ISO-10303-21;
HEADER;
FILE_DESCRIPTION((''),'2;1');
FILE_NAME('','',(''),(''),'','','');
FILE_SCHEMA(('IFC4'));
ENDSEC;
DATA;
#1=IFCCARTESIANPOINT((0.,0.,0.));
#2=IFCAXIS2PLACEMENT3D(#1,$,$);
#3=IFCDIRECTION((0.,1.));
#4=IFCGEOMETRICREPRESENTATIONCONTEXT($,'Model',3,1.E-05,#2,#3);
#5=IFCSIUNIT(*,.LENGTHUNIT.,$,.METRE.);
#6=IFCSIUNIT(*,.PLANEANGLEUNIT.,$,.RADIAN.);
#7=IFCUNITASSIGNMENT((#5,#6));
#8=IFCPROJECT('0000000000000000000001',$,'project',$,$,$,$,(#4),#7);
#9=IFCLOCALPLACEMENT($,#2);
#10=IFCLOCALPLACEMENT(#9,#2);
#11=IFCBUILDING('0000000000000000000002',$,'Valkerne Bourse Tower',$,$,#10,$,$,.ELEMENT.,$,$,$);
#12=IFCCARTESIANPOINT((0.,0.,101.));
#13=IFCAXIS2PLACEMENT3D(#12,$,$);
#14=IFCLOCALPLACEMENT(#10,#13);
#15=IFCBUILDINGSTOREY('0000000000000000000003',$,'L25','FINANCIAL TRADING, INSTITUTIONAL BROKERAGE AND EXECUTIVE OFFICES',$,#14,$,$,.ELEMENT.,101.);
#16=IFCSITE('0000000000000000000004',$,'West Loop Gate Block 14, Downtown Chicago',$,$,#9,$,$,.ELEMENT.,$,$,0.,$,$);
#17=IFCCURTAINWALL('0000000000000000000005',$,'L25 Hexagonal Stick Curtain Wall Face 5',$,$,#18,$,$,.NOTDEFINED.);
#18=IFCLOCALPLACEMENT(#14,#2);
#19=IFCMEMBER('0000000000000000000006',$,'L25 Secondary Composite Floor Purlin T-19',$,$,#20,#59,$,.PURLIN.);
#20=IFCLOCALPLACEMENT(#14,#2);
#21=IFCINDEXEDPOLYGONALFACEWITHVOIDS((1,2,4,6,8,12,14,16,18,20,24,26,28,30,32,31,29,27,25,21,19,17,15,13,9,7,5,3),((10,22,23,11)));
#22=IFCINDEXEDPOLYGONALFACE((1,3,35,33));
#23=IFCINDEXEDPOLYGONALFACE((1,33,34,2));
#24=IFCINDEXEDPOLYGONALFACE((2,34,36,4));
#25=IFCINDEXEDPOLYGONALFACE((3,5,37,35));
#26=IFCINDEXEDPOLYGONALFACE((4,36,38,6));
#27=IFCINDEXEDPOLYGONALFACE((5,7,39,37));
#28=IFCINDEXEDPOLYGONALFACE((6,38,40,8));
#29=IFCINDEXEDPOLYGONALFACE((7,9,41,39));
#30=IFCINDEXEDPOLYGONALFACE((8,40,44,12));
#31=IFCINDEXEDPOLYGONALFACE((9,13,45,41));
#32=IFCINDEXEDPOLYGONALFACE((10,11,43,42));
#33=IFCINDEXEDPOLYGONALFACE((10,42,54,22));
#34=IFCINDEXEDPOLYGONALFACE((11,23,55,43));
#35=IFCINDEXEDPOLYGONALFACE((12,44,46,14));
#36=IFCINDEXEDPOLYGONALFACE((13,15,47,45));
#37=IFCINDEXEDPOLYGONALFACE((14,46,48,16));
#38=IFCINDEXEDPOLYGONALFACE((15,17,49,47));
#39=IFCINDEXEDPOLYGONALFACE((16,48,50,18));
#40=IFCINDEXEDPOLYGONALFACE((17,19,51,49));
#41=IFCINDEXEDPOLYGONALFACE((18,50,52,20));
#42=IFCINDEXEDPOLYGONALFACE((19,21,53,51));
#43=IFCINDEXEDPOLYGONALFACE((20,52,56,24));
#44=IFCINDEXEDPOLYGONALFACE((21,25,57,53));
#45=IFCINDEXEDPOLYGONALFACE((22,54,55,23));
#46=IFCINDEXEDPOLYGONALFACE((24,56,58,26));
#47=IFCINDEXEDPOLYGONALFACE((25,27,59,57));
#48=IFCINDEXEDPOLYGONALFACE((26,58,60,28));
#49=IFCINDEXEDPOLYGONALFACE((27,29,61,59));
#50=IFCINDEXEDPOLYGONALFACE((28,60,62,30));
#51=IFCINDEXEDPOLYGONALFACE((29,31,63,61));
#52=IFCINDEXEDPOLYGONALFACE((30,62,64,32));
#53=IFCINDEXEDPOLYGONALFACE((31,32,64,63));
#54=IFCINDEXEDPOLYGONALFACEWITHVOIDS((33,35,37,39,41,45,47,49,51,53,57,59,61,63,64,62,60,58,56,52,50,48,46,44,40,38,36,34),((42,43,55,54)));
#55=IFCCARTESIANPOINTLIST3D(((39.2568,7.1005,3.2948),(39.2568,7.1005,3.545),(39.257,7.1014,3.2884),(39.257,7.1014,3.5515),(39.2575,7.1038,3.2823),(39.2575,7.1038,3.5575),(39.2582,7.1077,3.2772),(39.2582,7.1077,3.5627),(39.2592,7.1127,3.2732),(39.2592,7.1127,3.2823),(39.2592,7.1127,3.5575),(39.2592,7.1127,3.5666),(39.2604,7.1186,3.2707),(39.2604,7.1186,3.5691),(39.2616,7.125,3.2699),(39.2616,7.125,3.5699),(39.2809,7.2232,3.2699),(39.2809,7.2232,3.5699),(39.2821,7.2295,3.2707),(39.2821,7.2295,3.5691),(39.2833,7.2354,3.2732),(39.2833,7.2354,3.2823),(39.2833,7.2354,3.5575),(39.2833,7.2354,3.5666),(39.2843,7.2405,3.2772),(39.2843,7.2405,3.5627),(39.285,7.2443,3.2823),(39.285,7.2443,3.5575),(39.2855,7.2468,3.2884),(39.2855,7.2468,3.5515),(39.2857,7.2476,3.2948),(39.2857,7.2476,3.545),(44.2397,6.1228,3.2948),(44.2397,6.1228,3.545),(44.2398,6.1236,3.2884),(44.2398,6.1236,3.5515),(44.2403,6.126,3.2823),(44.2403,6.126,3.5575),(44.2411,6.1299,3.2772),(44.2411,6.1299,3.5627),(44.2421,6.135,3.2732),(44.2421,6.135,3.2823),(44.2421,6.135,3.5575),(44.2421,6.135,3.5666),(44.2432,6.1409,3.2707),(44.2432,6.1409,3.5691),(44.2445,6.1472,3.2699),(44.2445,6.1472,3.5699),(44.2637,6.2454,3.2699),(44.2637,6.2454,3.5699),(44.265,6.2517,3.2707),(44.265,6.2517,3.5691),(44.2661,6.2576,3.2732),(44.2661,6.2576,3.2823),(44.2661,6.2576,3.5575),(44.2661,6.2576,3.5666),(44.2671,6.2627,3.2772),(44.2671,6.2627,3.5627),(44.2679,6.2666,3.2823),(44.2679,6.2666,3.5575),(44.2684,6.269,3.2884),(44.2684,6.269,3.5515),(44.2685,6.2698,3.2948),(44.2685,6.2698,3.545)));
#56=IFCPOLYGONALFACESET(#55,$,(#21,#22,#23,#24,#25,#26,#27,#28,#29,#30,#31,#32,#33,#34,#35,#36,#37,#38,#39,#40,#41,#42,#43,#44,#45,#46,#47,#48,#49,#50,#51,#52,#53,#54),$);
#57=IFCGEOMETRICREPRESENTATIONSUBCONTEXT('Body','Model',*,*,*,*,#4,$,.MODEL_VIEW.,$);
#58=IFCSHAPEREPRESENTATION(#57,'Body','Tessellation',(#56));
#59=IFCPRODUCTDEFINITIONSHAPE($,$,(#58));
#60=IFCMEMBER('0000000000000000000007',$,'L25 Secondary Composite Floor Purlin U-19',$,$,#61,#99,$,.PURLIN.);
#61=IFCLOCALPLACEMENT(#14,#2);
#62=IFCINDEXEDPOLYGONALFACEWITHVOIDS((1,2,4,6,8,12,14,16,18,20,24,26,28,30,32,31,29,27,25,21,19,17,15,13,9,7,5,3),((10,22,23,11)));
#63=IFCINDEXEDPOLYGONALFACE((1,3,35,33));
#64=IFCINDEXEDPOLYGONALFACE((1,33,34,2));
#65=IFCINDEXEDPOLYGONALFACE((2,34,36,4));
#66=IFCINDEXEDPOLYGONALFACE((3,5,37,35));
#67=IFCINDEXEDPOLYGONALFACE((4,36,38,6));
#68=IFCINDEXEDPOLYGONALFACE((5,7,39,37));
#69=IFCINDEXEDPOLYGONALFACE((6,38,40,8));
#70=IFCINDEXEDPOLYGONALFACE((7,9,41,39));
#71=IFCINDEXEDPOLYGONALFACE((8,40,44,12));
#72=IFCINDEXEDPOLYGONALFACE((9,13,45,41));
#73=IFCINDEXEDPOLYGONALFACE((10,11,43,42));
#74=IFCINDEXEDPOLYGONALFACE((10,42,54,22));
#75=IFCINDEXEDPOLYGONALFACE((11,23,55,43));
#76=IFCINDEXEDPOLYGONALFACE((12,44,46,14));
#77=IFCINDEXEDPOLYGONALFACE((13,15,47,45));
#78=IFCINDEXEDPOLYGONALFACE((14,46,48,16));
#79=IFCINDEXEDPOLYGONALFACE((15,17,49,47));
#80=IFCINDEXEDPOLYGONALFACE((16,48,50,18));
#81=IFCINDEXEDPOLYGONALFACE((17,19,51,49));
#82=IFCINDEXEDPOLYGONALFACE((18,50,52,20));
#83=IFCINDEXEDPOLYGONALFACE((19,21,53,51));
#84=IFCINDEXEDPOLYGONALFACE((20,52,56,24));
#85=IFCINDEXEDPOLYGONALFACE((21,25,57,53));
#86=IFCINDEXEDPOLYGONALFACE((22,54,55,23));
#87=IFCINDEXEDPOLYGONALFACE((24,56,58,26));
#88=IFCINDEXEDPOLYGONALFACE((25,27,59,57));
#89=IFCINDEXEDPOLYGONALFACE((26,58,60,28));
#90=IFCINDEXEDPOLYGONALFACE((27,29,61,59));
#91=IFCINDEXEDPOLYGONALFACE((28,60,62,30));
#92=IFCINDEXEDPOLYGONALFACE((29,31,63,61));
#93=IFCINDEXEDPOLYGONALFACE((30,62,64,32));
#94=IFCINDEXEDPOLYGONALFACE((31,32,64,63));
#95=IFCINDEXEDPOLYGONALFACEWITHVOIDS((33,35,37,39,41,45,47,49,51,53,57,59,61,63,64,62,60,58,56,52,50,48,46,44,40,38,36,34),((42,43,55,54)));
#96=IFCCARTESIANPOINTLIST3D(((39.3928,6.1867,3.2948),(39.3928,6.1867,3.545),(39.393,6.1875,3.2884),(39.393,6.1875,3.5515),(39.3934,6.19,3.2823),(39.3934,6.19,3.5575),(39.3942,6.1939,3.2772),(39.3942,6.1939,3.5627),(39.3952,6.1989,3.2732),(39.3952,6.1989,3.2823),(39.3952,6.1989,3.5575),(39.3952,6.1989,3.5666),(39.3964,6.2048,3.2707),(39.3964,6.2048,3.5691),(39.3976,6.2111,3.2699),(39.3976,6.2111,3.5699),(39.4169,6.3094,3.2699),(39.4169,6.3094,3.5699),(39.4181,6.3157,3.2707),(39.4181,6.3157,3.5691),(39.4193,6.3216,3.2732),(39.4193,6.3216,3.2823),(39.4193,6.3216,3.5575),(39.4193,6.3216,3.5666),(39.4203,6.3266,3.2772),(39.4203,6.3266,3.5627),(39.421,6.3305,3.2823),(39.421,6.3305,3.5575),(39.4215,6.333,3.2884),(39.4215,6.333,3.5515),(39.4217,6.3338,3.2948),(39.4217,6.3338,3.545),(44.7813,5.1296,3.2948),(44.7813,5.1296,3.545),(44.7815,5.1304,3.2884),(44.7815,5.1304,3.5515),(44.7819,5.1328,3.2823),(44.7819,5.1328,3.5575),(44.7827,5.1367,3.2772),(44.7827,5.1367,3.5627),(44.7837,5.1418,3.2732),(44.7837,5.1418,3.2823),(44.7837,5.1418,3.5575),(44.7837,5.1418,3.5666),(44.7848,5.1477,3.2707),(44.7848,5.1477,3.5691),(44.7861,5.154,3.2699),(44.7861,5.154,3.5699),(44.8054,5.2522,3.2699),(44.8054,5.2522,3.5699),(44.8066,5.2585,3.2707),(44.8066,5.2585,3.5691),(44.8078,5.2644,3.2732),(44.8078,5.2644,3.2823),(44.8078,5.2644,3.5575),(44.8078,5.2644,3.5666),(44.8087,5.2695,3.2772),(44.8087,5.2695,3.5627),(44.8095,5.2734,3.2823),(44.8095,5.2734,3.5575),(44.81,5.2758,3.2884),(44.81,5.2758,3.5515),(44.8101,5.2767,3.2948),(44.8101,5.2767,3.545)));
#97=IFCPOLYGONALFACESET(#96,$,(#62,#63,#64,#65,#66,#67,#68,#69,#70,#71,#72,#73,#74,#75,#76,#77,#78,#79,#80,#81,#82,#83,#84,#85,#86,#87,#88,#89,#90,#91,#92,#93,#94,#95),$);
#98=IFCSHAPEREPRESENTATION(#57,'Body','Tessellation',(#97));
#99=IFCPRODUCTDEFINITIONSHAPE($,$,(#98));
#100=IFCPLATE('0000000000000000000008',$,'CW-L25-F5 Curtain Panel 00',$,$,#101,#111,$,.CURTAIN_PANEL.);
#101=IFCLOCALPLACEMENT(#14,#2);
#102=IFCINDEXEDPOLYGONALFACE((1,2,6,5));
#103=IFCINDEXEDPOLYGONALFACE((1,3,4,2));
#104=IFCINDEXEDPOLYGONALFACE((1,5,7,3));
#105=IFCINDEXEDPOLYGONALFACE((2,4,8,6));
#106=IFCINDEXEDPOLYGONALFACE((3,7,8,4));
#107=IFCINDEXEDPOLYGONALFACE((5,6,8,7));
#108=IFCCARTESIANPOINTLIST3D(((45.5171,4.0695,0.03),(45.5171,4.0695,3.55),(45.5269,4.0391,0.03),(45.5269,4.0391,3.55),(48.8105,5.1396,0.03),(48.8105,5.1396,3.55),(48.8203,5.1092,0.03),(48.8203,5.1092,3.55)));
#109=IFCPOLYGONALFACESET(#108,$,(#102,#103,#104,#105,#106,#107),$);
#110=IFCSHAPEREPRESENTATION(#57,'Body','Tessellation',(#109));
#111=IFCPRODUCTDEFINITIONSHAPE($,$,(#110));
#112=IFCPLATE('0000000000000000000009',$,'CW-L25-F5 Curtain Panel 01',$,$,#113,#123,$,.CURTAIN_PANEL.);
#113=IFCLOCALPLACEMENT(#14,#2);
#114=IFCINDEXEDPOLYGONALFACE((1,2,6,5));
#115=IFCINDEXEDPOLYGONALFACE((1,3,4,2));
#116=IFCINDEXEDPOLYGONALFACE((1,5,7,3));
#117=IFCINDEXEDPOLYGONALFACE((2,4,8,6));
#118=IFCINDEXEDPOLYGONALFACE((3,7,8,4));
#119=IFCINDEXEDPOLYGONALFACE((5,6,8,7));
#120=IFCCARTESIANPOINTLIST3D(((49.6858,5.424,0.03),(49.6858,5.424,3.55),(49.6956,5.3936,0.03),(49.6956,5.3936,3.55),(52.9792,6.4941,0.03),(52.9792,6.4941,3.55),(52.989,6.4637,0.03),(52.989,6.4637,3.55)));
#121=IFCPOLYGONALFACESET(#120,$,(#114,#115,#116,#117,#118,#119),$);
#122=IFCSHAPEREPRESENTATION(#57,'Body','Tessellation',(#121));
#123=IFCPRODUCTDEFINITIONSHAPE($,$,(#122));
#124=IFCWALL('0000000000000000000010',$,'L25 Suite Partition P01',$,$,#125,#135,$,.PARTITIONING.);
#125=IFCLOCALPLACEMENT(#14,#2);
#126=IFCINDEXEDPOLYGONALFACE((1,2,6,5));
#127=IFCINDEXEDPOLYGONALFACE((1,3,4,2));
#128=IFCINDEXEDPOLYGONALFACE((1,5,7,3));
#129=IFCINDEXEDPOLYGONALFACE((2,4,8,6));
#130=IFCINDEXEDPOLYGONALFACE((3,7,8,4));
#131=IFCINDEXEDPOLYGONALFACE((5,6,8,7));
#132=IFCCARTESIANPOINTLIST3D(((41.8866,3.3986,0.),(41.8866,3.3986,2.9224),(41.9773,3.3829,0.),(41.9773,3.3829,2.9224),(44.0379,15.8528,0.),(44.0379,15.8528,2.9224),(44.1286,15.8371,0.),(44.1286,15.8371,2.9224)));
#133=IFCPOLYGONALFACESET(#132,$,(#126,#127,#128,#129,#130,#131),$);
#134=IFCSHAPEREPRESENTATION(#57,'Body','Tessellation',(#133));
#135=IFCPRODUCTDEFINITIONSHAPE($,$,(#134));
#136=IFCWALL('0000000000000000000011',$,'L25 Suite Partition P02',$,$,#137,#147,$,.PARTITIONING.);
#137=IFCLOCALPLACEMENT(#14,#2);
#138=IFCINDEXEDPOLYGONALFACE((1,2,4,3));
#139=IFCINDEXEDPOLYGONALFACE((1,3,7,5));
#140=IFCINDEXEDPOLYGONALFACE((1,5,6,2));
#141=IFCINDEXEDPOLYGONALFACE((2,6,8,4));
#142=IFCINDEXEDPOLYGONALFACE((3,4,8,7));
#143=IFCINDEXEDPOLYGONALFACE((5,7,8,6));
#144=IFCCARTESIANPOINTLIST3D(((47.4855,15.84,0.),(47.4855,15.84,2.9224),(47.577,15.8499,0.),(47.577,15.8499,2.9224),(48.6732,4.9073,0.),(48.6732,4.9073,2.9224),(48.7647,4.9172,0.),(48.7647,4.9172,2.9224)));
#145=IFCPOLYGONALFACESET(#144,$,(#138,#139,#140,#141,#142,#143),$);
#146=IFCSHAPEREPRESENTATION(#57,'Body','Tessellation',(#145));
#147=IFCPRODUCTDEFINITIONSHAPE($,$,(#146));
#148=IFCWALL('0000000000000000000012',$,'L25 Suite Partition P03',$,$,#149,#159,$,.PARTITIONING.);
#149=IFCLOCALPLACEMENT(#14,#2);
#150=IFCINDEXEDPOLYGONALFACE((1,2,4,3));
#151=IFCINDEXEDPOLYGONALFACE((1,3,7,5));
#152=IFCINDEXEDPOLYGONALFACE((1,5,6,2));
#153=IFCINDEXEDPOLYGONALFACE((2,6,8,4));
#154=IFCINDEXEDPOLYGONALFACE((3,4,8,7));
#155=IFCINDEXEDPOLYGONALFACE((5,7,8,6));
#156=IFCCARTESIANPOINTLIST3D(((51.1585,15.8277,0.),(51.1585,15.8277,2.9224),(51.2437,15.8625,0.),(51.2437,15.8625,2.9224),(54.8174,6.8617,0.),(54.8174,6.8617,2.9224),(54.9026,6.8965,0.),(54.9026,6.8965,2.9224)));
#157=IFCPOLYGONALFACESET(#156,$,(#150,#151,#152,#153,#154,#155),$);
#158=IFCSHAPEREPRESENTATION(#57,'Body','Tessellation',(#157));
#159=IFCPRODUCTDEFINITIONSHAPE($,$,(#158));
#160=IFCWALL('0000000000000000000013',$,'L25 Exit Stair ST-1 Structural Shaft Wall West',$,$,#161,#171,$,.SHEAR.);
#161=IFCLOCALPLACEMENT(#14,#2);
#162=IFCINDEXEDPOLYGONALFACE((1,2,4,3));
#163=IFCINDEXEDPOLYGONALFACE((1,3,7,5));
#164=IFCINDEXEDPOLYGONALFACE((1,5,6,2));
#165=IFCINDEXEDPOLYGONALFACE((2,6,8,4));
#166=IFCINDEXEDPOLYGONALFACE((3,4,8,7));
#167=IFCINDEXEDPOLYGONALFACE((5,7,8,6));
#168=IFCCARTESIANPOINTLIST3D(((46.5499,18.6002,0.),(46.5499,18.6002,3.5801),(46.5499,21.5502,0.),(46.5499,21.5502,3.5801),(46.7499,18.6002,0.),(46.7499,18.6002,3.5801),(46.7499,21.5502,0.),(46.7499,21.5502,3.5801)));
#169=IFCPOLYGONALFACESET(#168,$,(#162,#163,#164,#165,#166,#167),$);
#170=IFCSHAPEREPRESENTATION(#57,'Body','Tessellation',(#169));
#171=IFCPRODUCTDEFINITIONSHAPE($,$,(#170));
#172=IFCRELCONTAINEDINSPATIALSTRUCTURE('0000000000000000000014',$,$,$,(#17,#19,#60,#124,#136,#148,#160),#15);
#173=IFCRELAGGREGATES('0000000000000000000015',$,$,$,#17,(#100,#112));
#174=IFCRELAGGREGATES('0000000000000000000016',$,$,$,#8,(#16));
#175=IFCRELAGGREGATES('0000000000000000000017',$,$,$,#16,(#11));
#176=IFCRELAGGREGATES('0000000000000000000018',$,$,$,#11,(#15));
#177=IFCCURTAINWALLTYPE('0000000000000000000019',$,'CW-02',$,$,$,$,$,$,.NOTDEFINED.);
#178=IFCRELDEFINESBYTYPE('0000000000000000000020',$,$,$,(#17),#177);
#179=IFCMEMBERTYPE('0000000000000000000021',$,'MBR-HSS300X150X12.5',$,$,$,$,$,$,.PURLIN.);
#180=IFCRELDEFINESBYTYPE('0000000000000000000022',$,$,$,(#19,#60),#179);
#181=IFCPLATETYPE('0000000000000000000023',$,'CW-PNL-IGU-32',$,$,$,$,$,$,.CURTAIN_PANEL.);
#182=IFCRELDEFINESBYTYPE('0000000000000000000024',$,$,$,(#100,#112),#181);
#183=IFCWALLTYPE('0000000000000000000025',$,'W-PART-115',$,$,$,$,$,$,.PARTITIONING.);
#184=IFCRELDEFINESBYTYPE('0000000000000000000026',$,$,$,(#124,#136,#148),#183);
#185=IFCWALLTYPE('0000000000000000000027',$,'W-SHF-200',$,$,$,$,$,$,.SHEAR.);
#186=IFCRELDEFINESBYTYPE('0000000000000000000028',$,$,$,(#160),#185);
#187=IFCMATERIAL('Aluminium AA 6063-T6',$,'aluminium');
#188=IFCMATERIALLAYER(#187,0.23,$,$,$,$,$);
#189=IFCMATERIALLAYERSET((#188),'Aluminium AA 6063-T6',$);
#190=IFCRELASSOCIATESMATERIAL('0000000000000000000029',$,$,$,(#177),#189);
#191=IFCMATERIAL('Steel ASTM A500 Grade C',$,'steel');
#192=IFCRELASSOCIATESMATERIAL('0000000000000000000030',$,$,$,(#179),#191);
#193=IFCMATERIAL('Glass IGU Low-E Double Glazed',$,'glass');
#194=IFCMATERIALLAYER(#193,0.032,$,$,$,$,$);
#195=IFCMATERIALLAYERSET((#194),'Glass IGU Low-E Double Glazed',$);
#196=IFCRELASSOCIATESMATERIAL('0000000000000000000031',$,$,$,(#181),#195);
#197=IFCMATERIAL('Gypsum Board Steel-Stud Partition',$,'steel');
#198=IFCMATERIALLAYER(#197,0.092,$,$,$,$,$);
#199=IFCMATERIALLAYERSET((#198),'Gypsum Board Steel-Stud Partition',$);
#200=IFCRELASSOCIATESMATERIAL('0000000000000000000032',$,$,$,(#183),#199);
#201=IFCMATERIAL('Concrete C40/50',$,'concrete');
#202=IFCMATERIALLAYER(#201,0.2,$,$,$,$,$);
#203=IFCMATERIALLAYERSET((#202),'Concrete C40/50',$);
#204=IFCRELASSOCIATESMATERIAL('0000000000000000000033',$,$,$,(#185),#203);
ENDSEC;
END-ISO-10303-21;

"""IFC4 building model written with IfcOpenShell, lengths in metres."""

from ifc_helpers import new_model, si_unit, direction, frame, frame_2d, origin, origin_2d, place, context, subcontext, project, spatial, rectangle, hollow_rectangle, extrude, material, layer, layer_set, material_profile, profile_set, type_object, element, aggregate, save


model = new_model("IFC4")

# Units and contexts
model_context = context("Model", 3, precision=1e-05, world=origin(), true_north=direction((0.0, 1.0)))
body_context = subcontext(model_context, "Body", "Model", "MODEL_VIEW")
ifc_project = project(units=[si_unit("LENGTHUNIT", "METRE"), si_unit("PLANEANGLEUNIT", "RADIAN")], contexts=[model_context])

# Site, building, storey
site_placement = place(None, origin())
site = spatial("IfcSite", under=ifc_project, at=site_placement, Name="West Loop Gate Block 14, Downtown Chicago", CompositionType="ELEMENT", RefElevation=0.0)
building_placement = place(site_placement, origin())
building = spatial("IfcBuilding", under=site, at=building_placement, Name="Valkerne Bourse Tower", CompositionType="ELEMENT")
storey_placement = place(building_placement, frame((0.0, 0.0, 101.0)))
storey = spatial("IfcBuildingStorey", under=building, at=storey_placement, Name="L25", Description="FINANCIAL TRADING, INSTITUTIONAL BROKERAGE AND EXECUTIVE OFFICES", CompositionType="ELEMENT", Elevation=101.0)

# Curtain wall
ifc_material_1 = material(Name="Aluminium AA 6063-T6", Category="aluminium")
ifc_layer_1 = layer(ifc_material_1, 0.23)
ifc_layer_set_1 = layer_set([ifc_layer_1], Name="Aluminium AA 6063-T6")
curtain_wall_type = type_object("IfcCurtainWallType", Name="CW-02", PredefinedType="NOTDEFINED", material=ifc_layer_set_1)
curtain_wall_placement = place(storey_placement, origin())
curtain_wall = element("IfcCurtainWall", 1, at=curtain_wall_placement, inside=storey, type_object=curtain_wall_type, Name="L25 Hexagonal Stick Curtain Wall Face 5", PredefinedType="NOTDEFINED")

# Members
ifc_material_2 = material(Name="Steel ASTM A500 Grade C", Category="steel")
ifc_material_profile_1 = material_profile(ifc_material_2, hollow_rectangle(XDim=0.1499, YDim=0.3, WallThickness=0.0125, OuterFilletRadius=0.0249, at=origin_2d()), Name="HSS300X150X12.5")
ifc_profile_set_1 = profile_set([ifc_material_profile_1], Name="Steel ASTM A500 Grade C")
member_type_1 = type_object("IfcMemberType", Name="MBR-HSS300X150X12.5", PredefinedType="PURLIN", material=ifc_profile_set_1)
member_1_placement = place(storey_placement, frame((39.2712, 7.1741, 3.4199), z_axis=(0.981286, -0.192555, 0.0), x_axis=(0.192555, 0.981286, 0.0)))
element("IfcMember", 2, at=member_1_placement, inside=storey, type_object=member_type_1, Name="L25 Secondary Composite Floor Purlin T-19", PredefinedType="PURLIN", context=body_context, shape_type="SweptSolid", body=[
    extrude(hollow_rectangle(XDim=0.1499, YDim=0.3, WallThickness=0.0125, OuterFilletRadius=0.0249, at=origin_2d()), origin(), (0.0, 0.0, 1.0), 5.0779),
])
member_2_placement = place(storey_placement, frame((39.4072, 6.2603, 3.4199), z_axis=(0.981294, -0.192515, 0.0), x_axis=(0.192515, 0.981294, 0.0)))
element("IfcMember", 3, at=member_2_placement, inside=storey, type_object=member_type_1, Name="L25 Secondary Composite Floor Purlin U-19", PredefinedType="PURLIN", context=body_context, shape_type="SweptSolid", body=[
    extrude(hollow_rectangle(XDim=0.1499, YDim=0.3, WallThickness=0.0125, OuterFilletRadius=0.0249, at=origin_2d()), origin(), (0.0, 0.0, 1.0), 5.4912),
])

# Plates
ifc_material_3 = material(Name="Glass IGU Low-E Double Glazed", Category="glass")
ifc_layer_2 = layer(ifc_material_3, 0.032)
ifc_layer_set_2 = layer_set([ifc_layer_2], Name="Glass IGU Low-E Double Glazed")
plate_type = type_object("IfcPlateType", Name="CW-PNL-IGU-32", PredefinedType="CURTAIN_PANEL", material=ifc_layer_set_2)
plate_1_placement = place(storey_placement, frame((47.1687, 4.5894, 0.03), z_axis=(0.0, 0.0, 1.0), x_axis=(0.951052, 0.309032, 0.0)))
plate_1 = element("IfcPlate", 4, at=plate_1_placement, type_object=plate_type, Name="CW-L25-F5 Curtain Panel 00", PredefinedType="CURTAIN_PANEL", context=body_context, shape_type="SweptSolid", body=[
    extrude(rectangle(XDim=3.4629, YDim=0.032, at=origin_2d()), origin(), (0.0, 0.0, 1.0), 3.52),
])
plate_2_placement = place(storey_placement, frame((51.3374, 5.9438, 0.03), z_axis=(0.0, 0.0, 1.0), x_axis=(0.951058, 0.309011, 0.0)))
plate_2 = element("IfcPlate", 5, at=plate_2_placement, type_object=plate_type, Name="CW-L25-F5 Curtain Panel 01", PredefinedType="CURTAIN_PANEL", context=body_context, shape_type="SweptSolid", body=[
    extrude(rectangle(XDim=3.4629, YDim=0.032, at=origin_2d()), origin(), (0.0, 0.0, 1.0), 3.52),
])
aggregate(curtain_wall, [plate_1, plate_2])

# Walls
ifc_material_4 = material(Name="Gypsum Board Steel-Stud Partition", Category="steel")
ifc_layer_3 = layer(ifc_material_4, 0.092)
ifc_layer_set_3 = layer_set([ifc_layer_3], Name="Gypsum Board Steel-Stud Partition")
wall_type_1 = type_object("IfcWallType", Name="W-PART-115", PredefinedType="PARTITIONING", material=ifc_layer_set_3)
wall_1_placement = place(storey_placement, frame((44.0833, 15.845, 0.0), z_axis=(0.0, 0.0, 1.0), x_axis=(-0.170219, -0.985406, 0.0)))
element("IfcWall", 6, at=wall_1_placement, inside=storey, type_object=wall_type_1, Name="L25 Suite Partition P01", PredefinedType="PARTITIONING", context=body_context, shape_type="SweptSolid", body=[
    extrude(rectangle(XDim=12.6387, YDim=0.092, at=frame_2d((6.3193, 0.0))), origin(), (0.0, 0.0, 1.0), 2.9224),
])
wall_2_placement = place(storey_placement, frame((47.5312, 15.845, 0.0), z_axis=(0.0, 0.0, 1.0), x_axis=(0.108004, -0.99415, 0.0)))
element("IfcWall", 7, at=wall_2_placement, inside=storey, type_object=wall_type_1, Name="L25 Suite Partition P02", PredefinedType="PARTITIONING", context=body_context, shape_type="SweptSolid", body=[
    extrude(rectangle(XDim=10.9971, YDim=0.092, at=frame_2d((5.4985, 0.0))), origin(), (0.0, 0.0, 1.0), 2.9224),
])
wall_3_placement = place(storey_placement, frame((51.2012, 15.845, 0.0), z_axis=(0.0, 0.0, 1.0), x_axis=(0.377837, -0.925872, 0.0)))
element("IfcWall", 8, at=wall_3_placement, inside=storey, type_object=wall_type_1, Name="L25 Suite Partition P03", PredefinedType="PARTITIONING", context=body_context, shape_type="SweptSolid", body=[
    extrude(rectangle(XDim=9.6838, YDim=0.092, at=frame_2d((4.8418, 0.0))), origin(), (0.0, 0.0, 1.0), 2.9224),
])
ifc_material_5 = material(Name="Concrete C40/50", Category="concrete")
ifc_layer_4 = layer(ifc_material_5, 0.2)
ifc_layer_set_4 = layer_set([ifc_layer_4], Name="Concrete C40/50")
wall_type_2 = type_object("IfcWallType", Name="W-SHF-200", PredefinedType="SHEAR", material=ifc_layer_set_4)
wall_4_placement = place(storey_placement, frame((46.6499, 18.6001, 0.0), z_axis=(0.0, 0.0, 1.0), x_axis=(0.0, 1.0, 0.0)))
element("IfcWall", 9, at=wall_4_placement, inside=storey, type_object=wall_type_2, Name="L25 Exit Stair ST-1 Structural Shaft Wall West", PredefinedType="SHEAR", context=body_context, shape_type="SweptSolid", body=[
    extrude(rectangle(XDim=2.95, YDim=0.2, at=frame_2d((1.4751, 0.0))), origin(), (0.0, 0.0, 1.0), 3.5801),
])

save(model, "model.ifc")
